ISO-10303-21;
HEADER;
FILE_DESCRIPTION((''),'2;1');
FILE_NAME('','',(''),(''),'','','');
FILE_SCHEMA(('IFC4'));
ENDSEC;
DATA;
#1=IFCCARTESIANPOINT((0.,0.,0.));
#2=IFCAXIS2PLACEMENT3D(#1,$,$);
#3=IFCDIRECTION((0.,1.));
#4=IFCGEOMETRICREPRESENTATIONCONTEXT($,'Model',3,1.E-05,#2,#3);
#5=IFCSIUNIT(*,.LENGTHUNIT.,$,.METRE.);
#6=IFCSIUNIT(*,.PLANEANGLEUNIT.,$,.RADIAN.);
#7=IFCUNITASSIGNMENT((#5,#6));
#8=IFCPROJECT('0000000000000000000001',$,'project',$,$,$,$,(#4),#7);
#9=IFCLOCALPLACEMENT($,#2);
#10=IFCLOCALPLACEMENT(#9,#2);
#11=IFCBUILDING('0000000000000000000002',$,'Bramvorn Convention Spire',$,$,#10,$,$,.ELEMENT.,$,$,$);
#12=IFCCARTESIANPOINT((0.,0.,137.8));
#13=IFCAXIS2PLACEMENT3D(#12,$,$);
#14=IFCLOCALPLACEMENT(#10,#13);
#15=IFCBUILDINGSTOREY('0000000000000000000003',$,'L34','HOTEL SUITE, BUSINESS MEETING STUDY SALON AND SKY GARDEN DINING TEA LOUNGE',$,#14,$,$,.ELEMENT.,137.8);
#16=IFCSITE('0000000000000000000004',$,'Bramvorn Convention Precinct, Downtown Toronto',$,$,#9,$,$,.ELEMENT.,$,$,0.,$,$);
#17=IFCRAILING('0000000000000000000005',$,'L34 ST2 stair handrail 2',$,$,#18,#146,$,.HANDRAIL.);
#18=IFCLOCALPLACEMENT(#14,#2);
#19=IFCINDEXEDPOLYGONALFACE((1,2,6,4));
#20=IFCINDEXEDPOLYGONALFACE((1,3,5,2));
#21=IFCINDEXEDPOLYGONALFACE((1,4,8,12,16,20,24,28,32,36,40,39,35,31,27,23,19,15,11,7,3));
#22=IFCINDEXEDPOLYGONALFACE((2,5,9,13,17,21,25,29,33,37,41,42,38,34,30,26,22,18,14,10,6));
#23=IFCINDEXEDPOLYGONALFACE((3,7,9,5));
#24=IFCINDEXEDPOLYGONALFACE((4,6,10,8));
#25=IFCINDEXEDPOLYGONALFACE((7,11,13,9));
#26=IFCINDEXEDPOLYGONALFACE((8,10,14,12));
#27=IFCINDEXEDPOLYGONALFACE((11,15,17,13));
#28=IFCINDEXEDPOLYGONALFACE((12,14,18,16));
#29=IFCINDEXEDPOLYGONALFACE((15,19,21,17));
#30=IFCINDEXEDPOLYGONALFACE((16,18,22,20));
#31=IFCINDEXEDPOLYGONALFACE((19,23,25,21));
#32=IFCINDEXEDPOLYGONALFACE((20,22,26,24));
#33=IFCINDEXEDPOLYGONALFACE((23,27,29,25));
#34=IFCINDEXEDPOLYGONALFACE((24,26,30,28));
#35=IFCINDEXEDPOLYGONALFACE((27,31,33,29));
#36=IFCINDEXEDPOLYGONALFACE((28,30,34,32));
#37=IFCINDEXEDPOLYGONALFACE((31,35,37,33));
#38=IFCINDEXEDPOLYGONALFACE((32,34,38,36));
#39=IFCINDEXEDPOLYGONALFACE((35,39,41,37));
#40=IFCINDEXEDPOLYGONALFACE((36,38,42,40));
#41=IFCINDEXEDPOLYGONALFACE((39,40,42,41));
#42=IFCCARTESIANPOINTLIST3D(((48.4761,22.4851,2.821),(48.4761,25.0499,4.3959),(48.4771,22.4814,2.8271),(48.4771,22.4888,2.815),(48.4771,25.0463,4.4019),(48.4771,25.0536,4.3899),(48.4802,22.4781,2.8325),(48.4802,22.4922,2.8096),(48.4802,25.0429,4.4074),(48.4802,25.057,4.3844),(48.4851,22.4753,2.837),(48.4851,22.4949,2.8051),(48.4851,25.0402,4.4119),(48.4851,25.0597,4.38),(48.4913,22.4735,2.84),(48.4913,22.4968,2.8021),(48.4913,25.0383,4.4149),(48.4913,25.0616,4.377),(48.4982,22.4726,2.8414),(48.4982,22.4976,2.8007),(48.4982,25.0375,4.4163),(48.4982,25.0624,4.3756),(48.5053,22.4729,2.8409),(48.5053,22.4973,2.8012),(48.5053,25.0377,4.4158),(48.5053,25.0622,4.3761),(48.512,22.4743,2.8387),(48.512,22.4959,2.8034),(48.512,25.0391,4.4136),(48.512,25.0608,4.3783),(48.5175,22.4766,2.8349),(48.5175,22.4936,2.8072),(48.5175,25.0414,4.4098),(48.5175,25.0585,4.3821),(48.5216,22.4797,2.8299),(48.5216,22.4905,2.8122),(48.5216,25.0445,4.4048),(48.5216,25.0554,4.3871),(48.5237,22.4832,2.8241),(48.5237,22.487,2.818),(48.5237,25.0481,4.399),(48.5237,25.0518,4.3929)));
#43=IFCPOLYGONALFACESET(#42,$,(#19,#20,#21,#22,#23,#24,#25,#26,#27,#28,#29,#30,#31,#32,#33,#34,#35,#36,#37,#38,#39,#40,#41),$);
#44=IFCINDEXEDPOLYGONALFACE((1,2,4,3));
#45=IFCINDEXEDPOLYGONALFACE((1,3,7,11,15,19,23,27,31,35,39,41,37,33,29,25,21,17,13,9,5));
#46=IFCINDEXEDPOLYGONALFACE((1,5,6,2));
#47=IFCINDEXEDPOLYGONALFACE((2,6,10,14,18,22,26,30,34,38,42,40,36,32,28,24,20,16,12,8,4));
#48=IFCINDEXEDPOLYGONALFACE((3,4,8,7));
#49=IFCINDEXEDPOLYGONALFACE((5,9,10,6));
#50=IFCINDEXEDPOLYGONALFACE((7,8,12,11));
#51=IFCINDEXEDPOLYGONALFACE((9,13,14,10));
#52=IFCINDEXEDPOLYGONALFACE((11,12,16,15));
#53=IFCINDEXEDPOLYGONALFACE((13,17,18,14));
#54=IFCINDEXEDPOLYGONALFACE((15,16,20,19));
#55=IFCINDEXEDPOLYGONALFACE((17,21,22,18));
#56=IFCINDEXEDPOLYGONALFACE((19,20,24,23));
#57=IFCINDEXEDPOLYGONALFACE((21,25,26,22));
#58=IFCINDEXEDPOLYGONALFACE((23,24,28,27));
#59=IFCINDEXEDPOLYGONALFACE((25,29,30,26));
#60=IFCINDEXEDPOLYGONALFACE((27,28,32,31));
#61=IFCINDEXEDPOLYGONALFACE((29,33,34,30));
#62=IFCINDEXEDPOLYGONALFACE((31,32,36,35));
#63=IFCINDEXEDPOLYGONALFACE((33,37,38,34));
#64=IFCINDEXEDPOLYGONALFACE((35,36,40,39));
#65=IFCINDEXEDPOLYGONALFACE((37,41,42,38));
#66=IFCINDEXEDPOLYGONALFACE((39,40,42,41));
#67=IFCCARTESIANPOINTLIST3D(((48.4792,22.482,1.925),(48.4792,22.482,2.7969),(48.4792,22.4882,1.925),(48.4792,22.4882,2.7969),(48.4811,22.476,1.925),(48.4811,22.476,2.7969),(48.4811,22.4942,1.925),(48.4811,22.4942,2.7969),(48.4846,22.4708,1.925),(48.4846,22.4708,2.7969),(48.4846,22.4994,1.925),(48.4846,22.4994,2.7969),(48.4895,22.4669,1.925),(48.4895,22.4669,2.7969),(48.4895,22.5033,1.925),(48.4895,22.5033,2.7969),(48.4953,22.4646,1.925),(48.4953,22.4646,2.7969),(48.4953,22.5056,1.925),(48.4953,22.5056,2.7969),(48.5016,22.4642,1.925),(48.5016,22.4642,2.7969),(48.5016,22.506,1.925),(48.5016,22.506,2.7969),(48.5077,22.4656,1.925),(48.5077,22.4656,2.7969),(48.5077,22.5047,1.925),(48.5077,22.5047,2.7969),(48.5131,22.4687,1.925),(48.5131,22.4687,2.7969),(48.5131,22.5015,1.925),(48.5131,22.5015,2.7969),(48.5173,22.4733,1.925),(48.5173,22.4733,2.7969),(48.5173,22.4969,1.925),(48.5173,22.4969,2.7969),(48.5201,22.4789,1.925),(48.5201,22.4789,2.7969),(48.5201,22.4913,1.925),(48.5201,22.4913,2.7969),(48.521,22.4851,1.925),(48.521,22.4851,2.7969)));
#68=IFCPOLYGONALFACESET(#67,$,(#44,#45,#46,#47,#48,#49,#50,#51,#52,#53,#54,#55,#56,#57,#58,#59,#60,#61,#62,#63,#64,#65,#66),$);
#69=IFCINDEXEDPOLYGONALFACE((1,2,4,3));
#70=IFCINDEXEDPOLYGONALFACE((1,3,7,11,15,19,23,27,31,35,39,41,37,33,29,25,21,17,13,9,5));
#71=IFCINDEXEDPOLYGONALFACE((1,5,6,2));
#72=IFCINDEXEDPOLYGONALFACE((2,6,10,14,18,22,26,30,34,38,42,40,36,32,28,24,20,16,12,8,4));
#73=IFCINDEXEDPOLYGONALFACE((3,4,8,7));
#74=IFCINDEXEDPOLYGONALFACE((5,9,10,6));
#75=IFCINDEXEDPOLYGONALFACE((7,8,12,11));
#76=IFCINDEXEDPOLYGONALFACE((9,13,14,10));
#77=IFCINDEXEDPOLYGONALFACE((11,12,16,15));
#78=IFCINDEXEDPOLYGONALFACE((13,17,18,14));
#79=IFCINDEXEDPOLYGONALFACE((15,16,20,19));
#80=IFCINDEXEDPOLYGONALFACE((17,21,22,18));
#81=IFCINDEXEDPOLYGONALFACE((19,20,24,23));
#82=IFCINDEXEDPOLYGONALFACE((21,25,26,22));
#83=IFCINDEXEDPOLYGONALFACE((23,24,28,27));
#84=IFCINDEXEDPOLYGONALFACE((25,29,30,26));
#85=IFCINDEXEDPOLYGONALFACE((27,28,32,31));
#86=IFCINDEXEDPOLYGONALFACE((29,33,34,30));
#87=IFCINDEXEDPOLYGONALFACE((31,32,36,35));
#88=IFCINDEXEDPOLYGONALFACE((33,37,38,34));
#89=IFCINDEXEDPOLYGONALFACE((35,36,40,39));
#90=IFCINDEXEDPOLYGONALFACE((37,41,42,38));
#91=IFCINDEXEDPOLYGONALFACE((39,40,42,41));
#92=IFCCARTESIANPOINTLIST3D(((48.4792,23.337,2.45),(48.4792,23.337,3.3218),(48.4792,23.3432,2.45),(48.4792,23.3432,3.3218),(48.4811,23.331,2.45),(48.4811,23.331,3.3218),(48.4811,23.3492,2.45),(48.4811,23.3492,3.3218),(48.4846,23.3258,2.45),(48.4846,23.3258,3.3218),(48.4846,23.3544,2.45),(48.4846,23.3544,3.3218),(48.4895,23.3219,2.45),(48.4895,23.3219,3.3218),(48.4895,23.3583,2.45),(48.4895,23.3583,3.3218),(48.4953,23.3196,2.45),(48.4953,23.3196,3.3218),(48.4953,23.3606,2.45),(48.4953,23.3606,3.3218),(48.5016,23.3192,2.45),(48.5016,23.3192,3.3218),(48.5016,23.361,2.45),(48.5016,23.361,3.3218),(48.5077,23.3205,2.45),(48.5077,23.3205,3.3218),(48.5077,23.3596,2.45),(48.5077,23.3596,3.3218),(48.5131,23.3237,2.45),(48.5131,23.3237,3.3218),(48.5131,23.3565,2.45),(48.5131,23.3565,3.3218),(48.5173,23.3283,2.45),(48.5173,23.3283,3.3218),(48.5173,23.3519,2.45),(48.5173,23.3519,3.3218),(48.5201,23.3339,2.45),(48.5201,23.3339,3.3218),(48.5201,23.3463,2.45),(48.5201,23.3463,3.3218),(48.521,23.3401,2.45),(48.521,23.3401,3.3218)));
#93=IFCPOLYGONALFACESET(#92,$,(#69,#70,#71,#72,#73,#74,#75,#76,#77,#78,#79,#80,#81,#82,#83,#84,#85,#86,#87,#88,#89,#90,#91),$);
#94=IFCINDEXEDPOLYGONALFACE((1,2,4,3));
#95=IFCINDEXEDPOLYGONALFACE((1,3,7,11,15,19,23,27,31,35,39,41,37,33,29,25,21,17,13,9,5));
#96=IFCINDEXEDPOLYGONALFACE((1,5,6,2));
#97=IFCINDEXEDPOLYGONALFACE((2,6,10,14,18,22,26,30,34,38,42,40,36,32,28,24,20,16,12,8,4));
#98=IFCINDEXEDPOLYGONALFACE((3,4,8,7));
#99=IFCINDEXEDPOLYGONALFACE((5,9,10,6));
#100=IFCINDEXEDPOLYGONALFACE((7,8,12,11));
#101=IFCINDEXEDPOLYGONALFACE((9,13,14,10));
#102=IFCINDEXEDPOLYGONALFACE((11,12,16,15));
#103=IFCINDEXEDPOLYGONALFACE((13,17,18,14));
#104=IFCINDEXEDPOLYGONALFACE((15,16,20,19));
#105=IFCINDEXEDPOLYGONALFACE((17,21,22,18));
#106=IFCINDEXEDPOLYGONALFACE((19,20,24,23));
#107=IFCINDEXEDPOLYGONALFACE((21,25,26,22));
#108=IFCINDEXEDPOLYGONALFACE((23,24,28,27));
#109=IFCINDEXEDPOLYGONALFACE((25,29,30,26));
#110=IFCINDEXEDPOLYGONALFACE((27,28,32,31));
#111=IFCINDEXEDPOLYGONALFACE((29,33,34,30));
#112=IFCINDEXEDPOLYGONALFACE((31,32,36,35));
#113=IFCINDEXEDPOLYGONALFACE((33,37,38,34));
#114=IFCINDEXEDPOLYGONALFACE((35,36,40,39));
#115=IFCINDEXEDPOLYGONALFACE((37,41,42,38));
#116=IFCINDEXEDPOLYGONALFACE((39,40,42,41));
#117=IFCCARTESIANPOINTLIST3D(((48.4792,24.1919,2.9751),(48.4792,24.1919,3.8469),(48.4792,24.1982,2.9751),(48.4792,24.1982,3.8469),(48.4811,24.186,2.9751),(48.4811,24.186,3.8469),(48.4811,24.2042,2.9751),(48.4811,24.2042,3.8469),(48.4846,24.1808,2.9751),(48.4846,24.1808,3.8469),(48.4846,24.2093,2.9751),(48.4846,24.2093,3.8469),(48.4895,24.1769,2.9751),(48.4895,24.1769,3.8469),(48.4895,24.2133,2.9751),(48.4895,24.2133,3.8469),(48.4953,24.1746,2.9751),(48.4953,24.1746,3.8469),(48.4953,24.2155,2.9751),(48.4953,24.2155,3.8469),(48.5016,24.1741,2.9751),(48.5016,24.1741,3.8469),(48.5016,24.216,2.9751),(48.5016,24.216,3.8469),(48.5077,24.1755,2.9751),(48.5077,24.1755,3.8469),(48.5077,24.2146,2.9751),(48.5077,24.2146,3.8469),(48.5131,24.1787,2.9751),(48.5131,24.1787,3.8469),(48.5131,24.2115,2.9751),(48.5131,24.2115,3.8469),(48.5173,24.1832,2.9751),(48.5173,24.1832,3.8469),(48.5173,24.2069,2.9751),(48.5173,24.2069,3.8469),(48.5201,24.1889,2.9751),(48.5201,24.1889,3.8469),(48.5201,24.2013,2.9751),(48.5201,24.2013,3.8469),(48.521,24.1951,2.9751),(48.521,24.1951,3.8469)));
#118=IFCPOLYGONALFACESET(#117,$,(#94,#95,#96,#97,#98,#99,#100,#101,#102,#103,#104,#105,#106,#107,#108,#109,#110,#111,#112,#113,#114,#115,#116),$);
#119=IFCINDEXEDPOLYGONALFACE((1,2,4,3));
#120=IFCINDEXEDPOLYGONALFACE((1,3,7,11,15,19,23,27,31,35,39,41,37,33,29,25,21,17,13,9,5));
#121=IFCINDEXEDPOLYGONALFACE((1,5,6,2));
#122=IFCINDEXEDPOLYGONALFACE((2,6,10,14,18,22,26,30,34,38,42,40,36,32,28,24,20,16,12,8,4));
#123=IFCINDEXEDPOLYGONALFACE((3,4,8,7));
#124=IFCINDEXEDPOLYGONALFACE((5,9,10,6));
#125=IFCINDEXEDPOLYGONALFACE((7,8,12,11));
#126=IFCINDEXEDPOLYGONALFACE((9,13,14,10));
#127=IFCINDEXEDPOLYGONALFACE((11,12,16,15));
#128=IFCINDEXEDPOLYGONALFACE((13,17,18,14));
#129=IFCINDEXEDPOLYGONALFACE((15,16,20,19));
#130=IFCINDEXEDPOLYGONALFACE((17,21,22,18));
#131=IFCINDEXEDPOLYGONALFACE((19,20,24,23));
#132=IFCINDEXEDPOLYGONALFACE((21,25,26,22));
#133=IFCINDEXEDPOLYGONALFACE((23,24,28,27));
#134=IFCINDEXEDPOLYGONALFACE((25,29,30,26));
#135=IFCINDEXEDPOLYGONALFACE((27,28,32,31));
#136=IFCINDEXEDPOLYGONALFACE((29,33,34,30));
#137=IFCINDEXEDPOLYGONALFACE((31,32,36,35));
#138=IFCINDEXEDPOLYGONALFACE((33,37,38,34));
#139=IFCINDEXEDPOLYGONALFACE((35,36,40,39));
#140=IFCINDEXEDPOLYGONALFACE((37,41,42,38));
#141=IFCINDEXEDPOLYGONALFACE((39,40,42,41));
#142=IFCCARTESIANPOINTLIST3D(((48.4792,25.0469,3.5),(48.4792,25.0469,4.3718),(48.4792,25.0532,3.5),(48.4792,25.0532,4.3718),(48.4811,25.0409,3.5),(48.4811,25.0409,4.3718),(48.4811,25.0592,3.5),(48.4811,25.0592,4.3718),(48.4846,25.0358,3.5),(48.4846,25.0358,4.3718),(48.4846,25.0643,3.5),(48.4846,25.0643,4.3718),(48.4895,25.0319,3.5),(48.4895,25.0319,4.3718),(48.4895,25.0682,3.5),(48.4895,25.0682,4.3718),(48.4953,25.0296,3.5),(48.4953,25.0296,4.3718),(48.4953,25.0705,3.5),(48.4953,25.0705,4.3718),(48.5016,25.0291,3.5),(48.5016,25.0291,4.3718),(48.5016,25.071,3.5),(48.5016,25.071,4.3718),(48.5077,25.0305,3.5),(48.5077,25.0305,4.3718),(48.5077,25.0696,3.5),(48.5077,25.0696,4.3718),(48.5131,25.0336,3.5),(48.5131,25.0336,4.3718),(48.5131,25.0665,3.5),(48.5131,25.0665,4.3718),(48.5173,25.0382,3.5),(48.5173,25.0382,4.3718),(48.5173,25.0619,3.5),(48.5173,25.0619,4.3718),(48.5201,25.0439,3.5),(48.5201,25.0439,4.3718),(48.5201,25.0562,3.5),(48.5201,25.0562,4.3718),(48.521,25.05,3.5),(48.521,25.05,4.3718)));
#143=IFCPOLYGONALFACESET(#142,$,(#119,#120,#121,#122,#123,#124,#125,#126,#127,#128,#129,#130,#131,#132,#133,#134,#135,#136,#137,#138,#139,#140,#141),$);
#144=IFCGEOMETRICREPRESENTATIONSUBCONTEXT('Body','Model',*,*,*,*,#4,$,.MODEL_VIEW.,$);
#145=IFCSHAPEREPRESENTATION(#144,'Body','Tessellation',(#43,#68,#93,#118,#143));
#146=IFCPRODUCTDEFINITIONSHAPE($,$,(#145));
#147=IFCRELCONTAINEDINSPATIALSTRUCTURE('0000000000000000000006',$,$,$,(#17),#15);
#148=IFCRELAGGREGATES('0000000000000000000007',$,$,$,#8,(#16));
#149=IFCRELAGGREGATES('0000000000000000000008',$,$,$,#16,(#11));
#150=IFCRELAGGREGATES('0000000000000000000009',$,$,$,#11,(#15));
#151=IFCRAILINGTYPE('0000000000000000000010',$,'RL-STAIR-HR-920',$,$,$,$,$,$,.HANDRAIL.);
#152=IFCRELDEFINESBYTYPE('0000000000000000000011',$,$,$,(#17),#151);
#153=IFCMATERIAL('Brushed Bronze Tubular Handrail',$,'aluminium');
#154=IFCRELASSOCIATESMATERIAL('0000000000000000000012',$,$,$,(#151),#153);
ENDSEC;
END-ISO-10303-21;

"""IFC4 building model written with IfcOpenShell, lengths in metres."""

from ifc_helpers import new_model, si_unit, direction, frame, origin, origin_2d, place, context, subcontext, project, spatial, circle, extrude, material, type_object, element, save


model = new_model("IFC4")

# Units and contexts
model_context = context("Model", 3, precision=1e-05, world=origin(), true_north=direction((0.0, 1.0)))
body_context = subcontext(model_context, "Body", "Model", "MODEL_VIEW")
ifc_project = project(units=[si_unit("LENGTHUNIT", "METRE"), si_unit("PLANEANGLEUNIT", "RADIAN")], contexts=[model_context])

# Site, building, storey
site_placement = place(None, origin())
site = spatial("IfcSite", under=ifc_project, at=site_placement, Name="Bramvorn Convention Precinct, Downtown Toronto", CompositionType="ELEMENT", RefElevation=0.0)
building_placement = place(site_placement, origin())
building = spatial("IfcBuilding", under=site, at=building_placement, Name="Bramvorn Convention Spire", CompositionType="ELEMENT")
storey_placement = place(building_placement, frame((0.0, 0.0, 137.8)))
storey = spatial("IfcBuildingStorey", under=building, at=storey_placement, Name="L34", Description="HOTEL SUITE, BUSINESS MEETING STUDY SALON AND SKY GARDEN DINING TEA LOUNGE", CompositionType="ELEMENT", Elevation=137.8)

# Railing
ifc_material_1 = material(Name="Brushed Bronze Tubular Handrail", Category="aluminium")
railing_type_1 = type_object("IfcRailingType", Name="RL-STAIR-HR-920", PredefinedType="HANDRAIL", material=ifc_material_1)
railing_1_placement = place(storey_placement, frame((48.5, 22.4851, 1.925)))
element("IfcRailing", 1, at=railing_1_placement, inside=storey, type_object=railing_type_1, Name="L34 ST2 stair handrail 2", PredefinedType="HANDRAIL", context=body_context, shape_type="SweptSolid", body=[
    extrude(circle(Radius=0.0239, at=origin_2d()), frame((0.0, 0.0, 0.896), z_axis=(0.0, 0.852173, 0.52326), x_axis=(-1.0, 0.0, 0.0)), (0.0, 0.0, 1.0), 3.0098),
    extrude(circle(Radius=0.021, at=origin_2d()), origin(), (0.0, 0.0, 1.0), 0.8718),
    extrude(circle(Radius=0.021, at=origin_2d()), frame((0.0, 0.855, 0.5249)), (0.0, 0.0, 1.0), 0.8718),
    extrude(circle(Radius=0.021, at=origin_2d()), frame((0.0, 1.71, 1.05)), (0.0, 0.0, 1.0), 0.8718),
    extrude(circle(Radius=0.021, at=origin_2d()), frame((0.0, 2.5649, 1.575)), (0.0, 0.0, 1.0), 0.8718),
])

save(model, "model.ifc")
